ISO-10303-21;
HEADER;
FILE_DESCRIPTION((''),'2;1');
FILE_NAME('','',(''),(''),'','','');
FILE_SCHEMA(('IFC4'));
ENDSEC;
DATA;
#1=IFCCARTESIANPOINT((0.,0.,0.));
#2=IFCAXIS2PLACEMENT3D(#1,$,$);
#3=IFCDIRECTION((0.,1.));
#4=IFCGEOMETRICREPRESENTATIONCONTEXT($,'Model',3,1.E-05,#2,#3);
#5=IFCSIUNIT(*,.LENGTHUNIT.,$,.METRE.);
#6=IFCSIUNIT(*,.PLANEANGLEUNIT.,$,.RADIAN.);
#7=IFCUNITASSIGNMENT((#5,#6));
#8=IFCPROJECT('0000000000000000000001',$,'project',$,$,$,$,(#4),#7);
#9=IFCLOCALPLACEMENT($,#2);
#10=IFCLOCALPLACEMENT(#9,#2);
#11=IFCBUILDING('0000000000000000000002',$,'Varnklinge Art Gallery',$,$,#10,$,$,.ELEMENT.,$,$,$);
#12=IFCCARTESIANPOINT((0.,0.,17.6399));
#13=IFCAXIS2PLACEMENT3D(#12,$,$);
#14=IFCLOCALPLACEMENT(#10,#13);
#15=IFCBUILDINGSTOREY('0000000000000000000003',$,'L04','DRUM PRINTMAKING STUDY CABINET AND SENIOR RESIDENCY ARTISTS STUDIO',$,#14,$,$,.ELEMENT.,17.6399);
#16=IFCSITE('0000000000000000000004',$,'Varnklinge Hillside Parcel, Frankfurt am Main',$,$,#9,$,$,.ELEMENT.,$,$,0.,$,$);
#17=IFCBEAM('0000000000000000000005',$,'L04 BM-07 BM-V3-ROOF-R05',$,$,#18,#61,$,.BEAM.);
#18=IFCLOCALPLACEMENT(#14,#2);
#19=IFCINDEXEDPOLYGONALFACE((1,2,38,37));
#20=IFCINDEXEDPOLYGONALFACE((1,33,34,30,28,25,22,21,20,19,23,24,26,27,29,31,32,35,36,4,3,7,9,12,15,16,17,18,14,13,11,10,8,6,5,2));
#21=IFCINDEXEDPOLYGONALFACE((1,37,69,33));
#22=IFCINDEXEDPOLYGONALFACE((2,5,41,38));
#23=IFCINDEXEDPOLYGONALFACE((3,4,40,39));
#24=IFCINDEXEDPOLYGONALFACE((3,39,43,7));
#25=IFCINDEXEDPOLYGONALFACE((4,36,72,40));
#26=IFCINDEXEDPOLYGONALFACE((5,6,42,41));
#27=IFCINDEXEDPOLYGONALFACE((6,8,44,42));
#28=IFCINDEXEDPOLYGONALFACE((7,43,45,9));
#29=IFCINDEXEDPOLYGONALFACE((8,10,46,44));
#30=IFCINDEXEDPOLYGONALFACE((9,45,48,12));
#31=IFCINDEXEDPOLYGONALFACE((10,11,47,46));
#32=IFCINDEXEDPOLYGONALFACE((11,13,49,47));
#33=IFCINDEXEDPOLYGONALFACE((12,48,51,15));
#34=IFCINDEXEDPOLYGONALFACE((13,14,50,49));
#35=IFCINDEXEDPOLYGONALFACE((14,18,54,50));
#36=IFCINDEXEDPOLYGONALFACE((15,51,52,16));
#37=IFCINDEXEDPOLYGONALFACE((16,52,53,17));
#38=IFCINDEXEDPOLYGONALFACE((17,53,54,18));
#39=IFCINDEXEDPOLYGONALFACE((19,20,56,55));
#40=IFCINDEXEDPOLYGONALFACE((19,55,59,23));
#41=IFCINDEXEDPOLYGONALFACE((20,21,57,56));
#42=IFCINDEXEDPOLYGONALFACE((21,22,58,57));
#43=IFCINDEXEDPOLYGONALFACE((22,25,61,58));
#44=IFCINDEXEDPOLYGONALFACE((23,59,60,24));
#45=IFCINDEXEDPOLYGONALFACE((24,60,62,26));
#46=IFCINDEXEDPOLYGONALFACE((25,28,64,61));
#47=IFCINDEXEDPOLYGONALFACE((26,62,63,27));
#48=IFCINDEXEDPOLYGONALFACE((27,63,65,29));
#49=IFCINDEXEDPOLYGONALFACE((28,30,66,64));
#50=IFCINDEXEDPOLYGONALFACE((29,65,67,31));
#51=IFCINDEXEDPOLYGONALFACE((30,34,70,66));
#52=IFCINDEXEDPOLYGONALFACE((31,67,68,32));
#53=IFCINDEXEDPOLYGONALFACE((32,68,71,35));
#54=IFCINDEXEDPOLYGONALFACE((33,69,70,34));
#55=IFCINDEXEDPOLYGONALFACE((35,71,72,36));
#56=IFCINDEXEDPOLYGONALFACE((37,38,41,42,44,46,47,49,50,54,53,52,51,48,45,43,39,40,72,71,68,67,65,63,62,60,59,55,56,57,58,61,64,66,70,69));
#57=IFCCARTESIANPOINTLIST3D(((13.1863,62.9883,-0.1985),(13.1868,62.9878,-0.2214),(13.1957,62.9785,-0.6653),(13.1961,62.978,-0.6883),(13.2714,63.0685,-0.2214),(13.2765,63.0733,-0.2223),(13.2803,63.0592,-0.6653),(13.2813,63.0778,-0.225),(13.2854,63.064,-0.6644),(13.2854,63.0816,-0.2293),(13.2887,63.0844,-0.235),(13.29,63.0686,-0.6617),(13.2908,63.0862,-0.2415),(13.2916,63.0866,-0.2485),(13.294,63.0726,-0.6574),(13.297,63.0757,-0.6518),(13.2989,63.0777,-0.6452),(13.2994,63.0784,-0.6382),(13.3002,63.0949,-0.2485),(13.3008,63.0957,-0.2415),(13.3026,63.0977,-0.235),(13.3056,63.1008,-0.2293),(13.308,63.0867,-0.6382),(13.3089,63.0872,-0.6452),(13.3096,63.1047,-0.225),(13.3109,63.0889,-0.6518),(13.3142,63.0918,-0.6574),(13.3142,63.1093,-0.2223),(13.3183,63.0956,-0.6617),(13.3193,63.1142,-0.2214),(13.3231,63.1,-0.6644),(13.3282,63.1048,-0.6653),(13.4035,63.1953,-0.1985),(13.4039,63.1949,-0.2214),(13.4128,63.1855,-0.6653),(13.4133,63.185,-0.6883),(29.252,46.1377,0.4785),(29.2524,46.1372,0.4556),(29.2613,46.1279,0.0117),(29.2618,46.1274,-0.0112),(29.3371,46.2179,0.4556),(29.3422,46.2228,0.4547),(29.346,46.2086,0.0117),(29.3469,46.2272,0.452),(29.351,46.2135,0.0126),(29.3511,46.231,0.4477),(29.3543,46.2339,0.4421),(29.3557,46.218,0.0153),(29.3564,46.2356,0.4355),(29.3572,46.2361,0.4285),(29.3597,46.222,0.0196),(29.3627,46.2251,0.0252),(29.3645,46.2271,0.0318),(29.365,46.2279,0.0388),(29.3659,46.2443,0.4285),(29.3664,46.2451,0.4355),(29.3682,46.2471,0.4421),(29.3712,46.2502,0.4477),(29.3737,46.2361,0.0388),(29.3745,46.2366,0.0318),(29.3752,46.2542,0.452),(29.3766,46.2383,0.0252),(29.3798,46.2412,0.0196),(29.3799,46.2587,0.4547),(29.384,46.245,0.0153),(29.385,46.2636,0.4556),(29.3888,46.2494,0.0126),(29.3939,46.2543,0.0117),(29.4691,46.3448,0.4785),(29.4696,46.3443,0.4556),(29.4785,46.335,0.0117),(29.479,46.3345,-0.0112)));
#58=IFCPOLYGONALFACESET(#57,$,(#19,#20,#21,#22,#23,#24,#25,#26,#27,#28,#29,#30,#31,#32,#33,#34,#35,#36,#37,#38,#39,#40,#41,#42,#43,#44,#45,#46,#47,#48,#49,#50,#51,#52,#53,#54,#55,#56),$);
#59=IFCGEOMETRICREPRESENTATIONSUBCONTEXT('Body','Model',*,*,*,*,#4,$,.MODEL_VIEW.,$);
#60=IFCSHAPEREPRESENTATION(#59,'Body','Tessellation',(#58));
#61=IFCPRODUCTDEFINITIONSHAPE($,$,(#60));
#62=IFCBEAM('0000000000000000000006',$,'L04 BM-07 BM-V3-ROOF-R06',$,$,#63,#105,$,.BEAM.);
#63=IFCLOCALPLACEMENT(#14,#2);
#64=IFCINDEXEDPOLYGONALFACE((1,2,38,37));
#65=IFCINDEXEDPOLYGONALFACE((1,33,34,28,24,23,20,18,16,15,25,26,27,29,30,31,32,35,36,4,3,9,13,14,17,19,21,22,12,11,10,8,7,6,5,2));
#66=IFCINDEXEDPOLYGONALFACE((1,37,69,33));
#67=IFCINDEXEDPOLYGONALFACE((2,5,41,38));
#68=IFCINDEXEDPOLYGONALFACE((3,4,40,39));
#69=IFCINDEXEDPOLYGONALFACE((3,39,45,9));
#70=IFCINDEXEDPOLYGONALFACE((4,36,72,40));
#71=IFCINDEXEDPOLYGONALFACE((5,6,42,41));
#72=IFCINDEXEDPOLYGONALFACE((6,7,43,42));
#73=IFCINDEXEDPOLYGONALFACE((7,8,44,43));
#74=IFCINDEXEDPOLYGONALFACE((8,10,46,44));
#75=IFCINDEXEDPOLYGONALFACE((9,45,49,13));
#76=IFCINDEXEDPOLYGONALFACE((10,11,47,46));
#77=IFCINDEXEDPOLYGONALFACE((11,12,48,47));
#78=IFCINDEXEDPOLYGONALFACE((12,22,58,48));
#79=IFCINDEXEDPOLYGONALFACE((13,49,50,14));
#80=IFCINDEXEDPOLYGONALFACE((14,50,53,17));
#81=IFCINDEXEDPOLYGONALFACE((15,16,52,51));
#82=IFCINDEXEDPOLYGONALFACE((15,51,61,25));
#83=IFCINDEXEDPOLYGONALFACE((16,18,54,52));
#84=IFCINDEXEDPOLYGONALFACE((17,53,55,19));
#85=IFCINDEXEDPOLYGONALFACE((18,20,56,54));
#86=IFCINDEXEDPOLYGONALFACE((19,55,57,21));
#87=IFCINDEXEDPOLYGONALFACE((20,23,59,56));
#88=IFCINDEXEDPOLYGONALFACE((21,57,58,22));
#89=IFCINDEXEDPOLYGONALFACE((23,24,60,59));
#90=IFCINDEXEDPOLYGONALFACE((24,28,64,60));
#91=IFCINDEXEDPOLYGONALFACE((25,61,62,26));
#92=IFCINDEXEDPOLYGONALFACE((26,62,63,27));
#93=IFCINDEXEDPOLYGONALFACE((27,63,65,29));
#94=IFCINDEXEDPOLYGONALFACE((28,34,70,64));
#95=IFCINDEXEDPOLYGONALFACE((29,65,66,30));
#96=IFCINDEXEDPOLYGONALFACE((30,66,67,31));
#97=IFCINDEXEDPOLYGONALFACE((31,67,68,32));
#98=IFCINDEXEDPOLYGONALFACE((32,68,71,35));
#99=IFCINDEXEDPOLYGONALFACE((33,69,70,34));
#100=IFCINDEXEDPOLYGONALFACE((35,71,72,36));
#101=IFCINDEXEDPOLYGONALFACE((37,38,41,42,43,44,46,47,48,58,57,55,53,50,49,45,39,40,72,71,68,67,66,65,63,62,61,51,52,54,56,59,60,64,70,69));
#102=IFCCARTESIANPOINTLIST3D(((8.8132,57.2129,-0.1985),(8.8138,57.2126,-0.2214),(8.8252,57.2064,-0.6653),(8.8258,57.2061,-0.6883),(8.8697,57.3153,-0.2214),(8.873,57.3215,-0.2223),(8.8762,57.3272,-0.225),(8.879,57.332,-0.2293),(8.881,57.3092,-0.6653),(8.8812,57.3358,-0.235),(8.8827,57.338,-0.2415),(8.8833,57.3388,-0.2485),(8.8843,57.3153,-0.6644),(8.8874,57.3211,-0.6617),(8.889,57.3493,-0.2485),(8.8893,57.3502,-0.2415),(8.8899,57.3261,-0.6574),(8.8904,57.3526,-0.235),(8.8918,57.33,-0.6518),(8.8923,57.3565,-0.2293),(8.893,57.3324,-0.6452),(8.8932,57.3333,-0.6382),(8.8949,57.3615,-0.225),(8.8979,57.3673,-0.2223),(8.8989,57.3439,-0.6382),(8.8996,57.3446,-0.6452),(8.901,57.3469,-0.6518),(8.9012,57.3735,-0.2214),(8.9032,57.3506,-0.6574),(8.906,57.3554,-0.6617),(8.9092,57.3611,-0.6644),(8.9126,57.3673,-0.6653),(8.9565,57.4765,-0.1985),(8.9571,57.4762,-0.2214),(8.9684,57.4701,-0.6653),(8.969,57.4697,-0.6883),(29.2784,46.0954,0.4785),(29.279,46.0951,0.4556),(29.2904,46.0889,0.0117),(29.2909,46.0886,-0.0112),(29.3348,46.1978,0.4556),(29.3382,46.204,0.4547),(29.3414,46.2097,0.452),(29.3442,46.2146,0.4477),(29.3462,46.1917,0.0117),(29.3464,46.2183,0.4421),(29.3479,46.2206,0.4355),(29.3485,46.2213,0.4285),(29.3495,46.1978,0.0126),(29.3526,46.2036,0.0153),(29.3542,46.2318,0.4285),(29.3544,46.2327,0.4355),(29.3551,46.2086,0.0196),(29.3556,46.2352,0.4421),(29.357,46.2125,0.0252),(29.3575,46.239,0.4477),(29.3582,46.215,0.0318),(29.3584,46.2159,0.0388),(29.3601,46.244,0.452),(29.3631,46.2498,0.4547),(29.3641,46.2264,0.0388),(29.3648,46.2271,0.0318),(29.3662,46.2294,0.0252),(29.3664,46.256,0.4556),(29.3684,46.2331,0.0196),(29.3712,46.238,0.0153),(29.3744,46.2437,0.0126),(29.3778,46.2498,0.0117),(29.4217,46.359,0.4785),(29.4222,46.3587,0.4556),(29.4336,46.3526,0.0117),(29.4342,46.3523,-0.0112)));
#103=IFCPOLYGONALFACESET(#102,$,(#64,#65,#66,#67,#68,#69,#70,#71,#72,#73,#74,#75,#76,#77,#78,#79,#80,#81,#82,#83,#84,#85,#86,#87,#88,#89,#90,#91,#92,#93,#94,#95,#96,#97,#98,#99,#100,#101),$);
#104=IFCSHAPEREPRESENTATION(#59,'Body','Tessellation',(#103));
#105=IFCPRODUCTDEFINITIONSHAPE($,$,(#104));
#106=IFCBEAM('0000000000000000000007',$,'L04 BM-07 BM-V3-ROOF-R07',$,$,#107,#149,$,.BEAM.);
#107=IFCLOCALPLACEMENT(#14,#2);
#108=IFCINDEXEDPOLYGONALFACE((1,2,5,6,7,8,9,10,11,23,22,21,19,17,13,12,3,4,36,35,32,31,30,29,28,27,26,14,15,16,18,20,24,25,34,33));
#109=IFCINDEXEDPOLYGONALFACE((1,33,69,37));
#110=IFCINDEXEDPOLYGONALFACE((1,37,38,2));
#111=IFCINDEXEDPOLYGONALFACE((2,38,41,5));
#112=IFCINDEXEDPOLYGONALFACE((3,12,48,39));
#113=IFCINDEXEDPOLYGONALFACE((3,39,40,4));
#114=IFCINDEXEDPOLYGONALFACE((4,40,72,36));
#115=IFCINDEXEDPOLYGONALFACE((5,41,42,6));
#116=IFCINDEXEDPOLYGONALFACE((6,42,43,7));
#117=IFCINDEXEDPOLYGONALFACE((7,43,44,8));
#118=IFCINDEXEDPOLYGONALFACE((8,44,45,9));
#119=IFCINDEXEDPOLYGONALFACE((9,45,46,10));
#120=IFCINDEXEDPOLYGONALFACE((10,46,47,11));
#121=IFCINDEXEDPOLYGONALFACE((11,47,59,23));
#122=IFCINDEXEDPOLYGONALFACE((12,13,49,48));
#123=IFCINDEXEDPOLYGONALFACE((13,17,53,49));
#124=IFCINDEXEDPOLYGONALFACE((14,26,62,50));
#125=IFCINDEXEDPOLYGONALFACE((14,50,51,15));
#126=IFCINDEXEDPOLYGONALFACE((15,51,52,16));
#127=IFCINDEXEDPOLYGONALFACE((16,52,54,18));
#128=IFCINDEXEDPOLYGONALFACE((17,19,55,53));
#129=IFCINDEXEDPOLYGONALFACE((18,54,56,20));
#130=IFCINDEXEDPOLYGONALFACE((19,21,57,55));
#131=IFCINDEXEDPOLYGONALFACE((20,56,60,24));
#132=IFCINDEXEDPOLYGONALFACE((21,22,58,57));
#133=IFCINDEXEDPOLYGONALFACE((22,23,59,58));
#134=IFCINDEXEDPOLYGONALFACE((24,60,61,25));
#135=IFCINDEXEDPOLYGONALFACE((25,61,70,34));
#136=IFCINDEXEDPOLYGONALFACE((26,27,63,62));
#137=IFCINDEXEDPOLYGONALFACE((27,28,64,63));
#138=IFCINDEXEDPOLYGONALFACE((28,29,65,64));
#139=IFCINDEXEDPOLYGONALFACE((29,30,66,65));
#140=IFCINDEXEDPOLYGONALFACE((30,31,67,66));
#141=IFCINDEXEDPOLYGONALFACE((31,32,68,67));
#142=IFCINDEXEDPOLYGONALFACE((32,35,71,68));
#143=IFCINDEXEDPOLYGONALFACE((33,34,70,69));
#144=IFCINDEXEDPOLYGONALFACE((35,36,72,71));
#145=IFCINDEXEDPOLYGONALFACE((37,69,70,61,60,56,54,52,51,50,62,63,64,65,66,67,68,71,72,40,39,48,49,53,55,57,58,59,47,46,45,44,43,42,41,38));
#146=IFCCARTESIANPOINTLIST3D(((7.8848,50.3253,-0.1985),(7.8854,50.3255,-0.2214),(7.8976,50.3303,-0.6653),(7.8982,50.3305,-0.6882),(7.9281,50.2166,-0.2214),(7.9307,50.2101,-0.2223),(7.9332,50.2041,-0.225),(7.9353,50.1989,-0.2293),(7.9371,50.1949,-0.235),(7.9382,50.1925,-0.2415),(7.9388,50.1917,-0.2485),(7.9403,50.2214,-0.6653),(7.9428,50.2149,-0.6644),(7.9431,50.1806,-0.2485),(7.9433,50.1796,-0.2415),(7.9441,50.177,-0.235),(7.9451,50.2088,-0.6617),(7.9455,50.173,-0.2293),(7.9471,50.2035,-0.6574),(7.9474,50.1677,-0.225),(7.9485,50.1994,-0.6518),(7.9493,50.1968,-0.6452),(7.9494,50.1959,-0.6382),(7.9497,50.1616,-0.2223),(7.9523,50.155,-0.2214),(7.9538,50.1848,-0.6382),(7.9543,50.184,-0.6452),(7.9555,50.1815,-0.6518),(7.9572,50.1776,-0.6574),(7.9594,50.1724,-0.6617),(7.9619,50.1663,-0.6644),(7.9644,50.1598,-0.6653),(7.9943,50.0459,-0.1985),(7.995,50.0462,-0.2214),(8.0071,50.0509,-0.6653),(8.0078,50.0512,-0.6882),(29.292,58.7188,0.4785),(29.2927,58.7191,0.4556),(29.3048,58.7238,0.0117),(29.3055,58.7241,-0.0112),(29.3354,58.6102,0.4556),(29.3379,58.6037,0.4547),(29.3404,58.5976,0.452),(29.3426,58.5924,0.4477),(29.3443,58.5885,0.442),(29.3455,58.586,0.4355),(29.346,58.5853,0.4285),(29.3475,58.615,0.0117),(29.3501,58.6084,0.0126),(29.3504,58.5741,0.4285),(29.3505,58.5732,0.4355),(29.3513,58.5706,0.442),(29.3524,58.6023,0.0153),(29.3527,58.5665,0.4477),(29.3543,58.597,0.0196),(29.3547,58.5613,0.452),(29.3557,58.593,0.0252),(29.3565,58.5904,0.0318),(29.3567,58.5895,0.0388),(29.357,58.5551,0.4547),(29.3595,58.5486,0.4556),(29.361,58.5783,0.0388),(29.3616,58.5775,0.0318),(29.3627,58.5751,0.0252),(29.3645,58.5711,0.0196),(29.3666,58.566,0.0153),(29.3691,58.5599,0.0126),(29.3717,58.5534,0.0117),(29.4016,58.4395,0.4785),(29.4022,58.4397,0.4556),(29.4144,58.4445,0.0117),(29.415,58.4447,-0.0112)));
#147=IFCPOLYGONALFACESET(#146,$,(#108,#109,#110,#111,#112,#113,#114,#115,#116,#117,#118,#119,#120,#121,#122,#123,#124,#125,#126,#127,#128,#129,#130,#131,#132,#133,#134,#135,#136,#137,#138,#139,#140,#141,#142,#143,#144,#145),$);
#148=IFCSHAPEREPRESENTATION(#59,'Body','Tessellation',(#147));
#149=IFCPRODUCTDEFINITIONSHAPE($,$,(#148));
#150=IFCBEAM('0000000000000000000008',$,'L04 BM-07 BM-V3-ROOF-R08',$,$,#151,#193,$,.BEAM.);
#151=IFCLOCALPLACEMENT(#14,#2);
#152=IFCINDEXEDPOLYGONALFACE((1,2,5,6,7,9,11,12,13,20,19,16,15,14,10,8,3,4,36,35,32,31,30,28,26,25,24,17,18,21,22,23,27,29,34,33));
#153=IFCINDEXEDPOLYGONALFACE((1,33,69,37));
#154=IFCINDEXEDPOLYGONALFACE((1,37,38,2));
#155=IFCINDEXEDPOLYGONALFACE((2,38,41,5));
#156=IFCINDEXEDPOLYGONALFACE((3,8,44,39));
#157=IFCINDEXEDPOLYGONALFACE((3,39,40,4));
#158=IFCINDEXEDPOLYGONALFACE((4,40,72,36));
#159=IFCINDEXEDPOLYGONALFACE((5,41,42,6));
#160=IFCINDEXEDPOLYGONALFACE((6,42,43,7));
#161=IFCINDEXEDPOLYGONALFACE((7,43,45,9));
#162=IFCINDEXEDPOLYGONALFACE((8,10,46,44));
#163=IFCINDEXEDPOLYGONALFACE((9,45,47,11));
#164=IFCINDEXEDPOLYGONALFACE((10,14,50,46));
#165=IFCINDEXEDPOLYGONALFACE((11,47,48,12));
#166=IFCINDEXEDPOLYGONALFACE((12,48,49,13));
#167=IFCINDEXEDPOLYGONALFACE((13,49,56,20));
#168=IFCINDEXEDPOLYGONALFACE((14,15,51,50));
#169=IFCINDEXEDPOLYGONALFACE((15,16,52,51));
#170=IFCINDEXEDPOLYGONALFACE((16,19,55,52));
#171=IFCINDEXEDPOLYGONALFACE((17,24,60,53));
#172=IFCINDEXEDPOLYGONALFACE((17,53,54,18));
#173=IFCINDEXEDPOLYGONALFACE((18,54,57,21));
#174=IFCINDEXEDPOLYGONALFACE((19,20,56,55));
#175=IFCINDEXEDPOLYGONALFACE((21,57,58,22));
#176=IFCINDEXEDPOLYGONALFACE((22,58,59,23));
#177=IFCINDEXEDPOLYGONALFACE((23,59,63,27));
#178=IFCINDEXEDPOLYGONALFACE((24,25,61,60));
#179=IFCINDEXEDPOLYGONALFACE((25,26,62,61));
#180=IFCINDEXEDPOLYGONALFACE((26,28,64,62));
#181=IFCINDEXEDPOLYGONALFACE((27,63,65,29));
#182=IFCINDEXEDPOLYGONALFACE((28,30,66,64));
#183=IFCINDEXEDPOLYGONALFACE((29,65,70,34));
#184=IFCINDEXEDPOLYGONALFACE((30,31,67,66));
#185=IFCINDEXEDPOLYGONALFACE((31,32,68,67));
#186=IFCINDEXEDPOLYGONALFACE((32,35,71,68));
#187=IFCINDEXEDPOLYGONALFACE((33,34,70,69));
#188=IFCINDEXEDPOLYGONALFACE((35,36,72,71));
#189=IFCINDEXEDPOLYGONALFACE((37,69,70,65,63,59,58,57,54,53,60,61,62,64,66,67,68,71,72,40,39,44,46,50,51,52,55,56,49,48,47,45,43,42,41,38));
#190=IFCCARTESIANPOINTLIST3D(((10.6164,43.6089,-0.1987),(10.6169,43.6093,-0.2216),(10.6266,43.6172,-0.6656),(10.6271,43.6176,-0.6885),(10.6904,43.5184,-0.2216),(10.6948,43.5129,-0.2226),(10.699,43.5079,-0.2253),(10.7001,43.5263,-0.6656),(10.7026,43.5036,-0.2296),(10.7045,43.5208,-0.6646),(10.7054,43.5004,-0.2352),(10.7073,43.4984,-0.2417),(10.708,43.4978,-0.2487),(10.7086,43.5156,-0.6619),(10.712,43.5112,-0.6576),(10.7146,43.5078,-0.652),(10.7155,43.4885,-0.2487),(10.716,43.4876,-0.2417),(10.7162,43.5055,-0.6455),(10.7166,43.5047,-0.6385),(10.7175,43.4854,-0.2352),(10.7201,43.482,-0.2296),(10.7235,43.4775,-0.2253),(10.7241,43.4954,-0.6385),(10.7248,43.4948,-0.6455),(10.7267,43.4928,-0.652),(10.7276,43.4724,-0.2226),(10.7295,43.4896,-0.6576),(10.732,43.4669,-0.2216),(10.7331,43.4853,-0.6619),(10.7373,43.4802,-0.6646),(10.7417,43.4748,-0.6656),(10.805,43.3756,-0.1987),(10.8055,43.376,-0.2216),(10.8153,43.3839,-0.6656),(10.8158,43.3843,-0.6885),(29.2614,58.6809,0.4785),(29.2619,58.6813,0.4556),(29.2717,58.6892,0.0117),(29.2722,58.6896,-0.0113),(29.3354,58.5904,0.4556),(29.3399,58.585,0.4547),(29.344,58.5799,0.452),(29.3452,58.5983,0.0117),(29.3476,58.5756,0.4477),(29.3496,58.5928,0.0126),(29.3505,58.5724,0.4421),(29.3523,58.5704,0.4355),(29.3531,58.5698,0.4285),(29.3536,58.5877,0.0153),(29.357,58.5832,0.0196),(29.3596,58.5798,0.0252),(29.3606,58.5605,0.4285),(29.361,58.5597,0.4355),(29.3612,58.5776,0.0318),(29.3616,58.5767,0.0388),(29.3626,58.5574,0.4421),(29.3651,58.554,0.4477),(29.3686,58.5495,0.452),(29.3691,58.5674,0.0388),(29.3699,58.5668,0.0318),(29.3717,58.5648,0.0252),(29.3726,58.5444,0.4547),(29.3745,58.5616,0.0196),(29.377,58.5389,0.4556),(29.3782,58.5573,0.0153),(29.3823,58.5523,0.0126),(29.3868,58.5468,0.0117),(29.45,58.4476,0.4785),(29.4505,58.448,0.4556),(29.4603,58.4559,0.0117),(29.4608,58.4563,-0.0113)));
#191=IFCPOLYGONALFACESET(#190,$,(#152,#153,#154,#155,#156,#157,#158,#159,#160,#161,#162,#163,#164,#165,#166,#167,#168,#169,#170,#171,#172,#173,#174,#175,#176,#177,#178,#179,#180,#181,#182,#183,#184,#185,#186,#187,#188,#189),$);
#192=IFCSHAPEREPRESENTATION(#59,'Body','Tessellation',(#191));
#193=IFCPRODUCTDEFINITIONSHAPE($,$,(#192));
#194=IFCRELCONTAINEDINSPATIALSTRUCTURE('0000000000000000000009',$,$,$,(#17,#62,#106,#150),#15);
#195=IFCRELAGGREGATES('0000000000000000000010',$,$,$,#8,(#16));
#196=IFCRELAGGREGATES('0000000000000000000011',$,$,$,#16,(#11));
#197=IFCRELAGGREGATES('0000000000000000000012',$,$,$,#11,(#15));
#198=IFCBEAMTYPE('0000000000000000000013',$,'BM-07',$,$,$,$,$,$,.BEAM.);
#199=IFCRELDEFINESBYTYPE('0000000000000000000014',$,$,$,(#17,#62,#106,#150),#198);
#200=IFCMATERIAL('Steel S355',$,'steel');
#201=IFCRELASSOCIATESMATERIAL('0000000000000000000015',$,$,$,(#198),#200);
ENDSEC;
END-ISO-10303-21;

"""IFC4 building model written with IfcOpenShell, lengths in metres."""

from ifc_helpers import new_model, si_unit, direction, frame, origin, origin_2d, place, context, subcontext, project, spatial, i_section, extrude, material, material_profile, profile_set, type_object, element, save


model = new_model("IFC4")

# Units and contexts
model_context = context("Model", 3, precision=1e-05, world=origin(), true_north=direction((0.0, 1.0)))
body_context = subcontext(model_context, "Body", "Model", "MODEL_VIEW")
ifc_project = project(units=[si_unit("LENGTHUNIT", "METRE"), si_unit("PLANEANGLEUNIT", "RADIAN")], contexts=[model_context])

# Site, building, storey
site_placement = place(None, origin())
site = spatial("IfcSite", under=ifc_project, at=site_placement, Name="Varnklinge Hillside Parcel, Frankfurt am Main", CompositionType="ELEMENT", RefElevation=0.0)
building_placement = place(site_placement, origin())
building = spatial("IfcBuilding", under=site, at=building_placement, Name="Varnklinge Art Gallery", CompositionType="ELEMENT")
storey_placement = place(building_placement, frame((0.0, 0.0, 17.6399)))
storey = spatial("IfcBuildingStorey", under=building, at=storey_placement, Name="L04", Description="DRUM PRINTMAKING STUDY CABINET AND SENIOR RESIDENCY ARTISTS STUDIO", CompositionType="ELEMENT", Elevation=17.6399)

# Beams
ifc_material_1 = material(Name="Steel S355", Category="steel")
ifc_material_profile_1 = material_profile(ifc_material_1, i_section(OverallWidth=0.3, OverallDepth=0.49, WebThickness=0.012, FlangeThickness=0.0229, FilletRadius=0.0271, at=origin_2d()), Name="HEA 500")
ifc_profile_set_1 = profile_set([ifc_material_profile_1], Name="Steel S355")
beam_type_1 = type_object("IfcBeamType", Name="BM-07", PredefinedType="BEAM", material=ifc_profile_set_1)
beam_1_placement = place(storey_placement, frame((13.2998, 63.0867, -0.4434), z_axis=(0.689758, -0.723457, 0.029066), x_axis=(0.723763, 0.690049, 0.0)))
element("IfcBeam", 1, at=beam_1_placement, inside=storey, type_object=beam_type_1, Name="L04 BM-07 BM-V3-ROOF-R05", PredefinedType="BEAM", context=body_context, shape_type="SweptSolid", body=[
    extrude(i_section(OverallWidth=0.3, OverallDepth=0.49, WebThickness=0.012, FlangeThickness=0.0229, FilletRadius=0.0271, at=origin_2d()), origin(), (0.0, 0.0, 1.0), 23.2917),
])
beam_2_placement = place(storey_placement, frame((8.8911, 57.3413, -0.4434), z_axis=(0.878342, -0.477149, 0.029056), x_axis=(0.477351, 0.878713, 0.0)))
element("IfcBeam", 2, at=beam_2_placement, inside=storey, type_object=beam_type_1, Name="L04 BM-07 BM-V3-ROOF-R06", PredefinedType="BEAM", context=body_context, shape_type="SweptSolid", body=[
    extrude(i_section(OverallWidth=0.3, OverallDepth=0.49, WebThickness=0.012, FlangeThickness=0.0229, FilletRadius=0.0271, at=origin_2d()), origin(), (0.0, 0.0, 1.0), 23.2998),
])
beam_3_placement = place(storey_placement, frame((7.9463, 50.1882, -0.4434), z_axis=(0.930591, 0.364875, 0.02943), x_axis=(-0.365033, 0.930994, 0.0)))
element("IfcBeam", 3, at=beam_3_placement, inside=storey, type_object=beam_type_1, Name="L04 BM-07 BM-V3-ROOF-R07", PredefinedType="BEAM", context=body_context, shape_type="SweptSolid", body=[
    extrude(i_section(OverallWidth=0.3, OverallDepth=0.49, WebThickness=0.012, FlangeThickness=0.0229, FilletRadius=0.0271, at=origin_2d()), origin(), (0.0, 0.0, 1.0), 23.0039),
])
beam_4_placement = place(storey_placement, frame((10.7161, 43.4966, -0.4436), z_axis=(0.777374, 0.628404, 0.028237), x_axis=(-0.628655, 0.777685, 0.0)))
element("IfcBeam", 4, at=beam_4_placement, inside=storey, type_object=beam_type_1, Name="L04 BM-07 BM-V3-ROOF-R08", PredefinedType="BEAM", context=body_context, shape_type="SweptSolid", body=[
    extrude(i_section(OverallWidth=0.3, OverallDepth=0.49, WebThickness=0.012, FlangeThickness=0.0229, FilletRadius=0.0271, at=origin_2d()), origin(), (0.0, 0.0, 1.0), 23.9846),
])

save(model, "model.ifc")
